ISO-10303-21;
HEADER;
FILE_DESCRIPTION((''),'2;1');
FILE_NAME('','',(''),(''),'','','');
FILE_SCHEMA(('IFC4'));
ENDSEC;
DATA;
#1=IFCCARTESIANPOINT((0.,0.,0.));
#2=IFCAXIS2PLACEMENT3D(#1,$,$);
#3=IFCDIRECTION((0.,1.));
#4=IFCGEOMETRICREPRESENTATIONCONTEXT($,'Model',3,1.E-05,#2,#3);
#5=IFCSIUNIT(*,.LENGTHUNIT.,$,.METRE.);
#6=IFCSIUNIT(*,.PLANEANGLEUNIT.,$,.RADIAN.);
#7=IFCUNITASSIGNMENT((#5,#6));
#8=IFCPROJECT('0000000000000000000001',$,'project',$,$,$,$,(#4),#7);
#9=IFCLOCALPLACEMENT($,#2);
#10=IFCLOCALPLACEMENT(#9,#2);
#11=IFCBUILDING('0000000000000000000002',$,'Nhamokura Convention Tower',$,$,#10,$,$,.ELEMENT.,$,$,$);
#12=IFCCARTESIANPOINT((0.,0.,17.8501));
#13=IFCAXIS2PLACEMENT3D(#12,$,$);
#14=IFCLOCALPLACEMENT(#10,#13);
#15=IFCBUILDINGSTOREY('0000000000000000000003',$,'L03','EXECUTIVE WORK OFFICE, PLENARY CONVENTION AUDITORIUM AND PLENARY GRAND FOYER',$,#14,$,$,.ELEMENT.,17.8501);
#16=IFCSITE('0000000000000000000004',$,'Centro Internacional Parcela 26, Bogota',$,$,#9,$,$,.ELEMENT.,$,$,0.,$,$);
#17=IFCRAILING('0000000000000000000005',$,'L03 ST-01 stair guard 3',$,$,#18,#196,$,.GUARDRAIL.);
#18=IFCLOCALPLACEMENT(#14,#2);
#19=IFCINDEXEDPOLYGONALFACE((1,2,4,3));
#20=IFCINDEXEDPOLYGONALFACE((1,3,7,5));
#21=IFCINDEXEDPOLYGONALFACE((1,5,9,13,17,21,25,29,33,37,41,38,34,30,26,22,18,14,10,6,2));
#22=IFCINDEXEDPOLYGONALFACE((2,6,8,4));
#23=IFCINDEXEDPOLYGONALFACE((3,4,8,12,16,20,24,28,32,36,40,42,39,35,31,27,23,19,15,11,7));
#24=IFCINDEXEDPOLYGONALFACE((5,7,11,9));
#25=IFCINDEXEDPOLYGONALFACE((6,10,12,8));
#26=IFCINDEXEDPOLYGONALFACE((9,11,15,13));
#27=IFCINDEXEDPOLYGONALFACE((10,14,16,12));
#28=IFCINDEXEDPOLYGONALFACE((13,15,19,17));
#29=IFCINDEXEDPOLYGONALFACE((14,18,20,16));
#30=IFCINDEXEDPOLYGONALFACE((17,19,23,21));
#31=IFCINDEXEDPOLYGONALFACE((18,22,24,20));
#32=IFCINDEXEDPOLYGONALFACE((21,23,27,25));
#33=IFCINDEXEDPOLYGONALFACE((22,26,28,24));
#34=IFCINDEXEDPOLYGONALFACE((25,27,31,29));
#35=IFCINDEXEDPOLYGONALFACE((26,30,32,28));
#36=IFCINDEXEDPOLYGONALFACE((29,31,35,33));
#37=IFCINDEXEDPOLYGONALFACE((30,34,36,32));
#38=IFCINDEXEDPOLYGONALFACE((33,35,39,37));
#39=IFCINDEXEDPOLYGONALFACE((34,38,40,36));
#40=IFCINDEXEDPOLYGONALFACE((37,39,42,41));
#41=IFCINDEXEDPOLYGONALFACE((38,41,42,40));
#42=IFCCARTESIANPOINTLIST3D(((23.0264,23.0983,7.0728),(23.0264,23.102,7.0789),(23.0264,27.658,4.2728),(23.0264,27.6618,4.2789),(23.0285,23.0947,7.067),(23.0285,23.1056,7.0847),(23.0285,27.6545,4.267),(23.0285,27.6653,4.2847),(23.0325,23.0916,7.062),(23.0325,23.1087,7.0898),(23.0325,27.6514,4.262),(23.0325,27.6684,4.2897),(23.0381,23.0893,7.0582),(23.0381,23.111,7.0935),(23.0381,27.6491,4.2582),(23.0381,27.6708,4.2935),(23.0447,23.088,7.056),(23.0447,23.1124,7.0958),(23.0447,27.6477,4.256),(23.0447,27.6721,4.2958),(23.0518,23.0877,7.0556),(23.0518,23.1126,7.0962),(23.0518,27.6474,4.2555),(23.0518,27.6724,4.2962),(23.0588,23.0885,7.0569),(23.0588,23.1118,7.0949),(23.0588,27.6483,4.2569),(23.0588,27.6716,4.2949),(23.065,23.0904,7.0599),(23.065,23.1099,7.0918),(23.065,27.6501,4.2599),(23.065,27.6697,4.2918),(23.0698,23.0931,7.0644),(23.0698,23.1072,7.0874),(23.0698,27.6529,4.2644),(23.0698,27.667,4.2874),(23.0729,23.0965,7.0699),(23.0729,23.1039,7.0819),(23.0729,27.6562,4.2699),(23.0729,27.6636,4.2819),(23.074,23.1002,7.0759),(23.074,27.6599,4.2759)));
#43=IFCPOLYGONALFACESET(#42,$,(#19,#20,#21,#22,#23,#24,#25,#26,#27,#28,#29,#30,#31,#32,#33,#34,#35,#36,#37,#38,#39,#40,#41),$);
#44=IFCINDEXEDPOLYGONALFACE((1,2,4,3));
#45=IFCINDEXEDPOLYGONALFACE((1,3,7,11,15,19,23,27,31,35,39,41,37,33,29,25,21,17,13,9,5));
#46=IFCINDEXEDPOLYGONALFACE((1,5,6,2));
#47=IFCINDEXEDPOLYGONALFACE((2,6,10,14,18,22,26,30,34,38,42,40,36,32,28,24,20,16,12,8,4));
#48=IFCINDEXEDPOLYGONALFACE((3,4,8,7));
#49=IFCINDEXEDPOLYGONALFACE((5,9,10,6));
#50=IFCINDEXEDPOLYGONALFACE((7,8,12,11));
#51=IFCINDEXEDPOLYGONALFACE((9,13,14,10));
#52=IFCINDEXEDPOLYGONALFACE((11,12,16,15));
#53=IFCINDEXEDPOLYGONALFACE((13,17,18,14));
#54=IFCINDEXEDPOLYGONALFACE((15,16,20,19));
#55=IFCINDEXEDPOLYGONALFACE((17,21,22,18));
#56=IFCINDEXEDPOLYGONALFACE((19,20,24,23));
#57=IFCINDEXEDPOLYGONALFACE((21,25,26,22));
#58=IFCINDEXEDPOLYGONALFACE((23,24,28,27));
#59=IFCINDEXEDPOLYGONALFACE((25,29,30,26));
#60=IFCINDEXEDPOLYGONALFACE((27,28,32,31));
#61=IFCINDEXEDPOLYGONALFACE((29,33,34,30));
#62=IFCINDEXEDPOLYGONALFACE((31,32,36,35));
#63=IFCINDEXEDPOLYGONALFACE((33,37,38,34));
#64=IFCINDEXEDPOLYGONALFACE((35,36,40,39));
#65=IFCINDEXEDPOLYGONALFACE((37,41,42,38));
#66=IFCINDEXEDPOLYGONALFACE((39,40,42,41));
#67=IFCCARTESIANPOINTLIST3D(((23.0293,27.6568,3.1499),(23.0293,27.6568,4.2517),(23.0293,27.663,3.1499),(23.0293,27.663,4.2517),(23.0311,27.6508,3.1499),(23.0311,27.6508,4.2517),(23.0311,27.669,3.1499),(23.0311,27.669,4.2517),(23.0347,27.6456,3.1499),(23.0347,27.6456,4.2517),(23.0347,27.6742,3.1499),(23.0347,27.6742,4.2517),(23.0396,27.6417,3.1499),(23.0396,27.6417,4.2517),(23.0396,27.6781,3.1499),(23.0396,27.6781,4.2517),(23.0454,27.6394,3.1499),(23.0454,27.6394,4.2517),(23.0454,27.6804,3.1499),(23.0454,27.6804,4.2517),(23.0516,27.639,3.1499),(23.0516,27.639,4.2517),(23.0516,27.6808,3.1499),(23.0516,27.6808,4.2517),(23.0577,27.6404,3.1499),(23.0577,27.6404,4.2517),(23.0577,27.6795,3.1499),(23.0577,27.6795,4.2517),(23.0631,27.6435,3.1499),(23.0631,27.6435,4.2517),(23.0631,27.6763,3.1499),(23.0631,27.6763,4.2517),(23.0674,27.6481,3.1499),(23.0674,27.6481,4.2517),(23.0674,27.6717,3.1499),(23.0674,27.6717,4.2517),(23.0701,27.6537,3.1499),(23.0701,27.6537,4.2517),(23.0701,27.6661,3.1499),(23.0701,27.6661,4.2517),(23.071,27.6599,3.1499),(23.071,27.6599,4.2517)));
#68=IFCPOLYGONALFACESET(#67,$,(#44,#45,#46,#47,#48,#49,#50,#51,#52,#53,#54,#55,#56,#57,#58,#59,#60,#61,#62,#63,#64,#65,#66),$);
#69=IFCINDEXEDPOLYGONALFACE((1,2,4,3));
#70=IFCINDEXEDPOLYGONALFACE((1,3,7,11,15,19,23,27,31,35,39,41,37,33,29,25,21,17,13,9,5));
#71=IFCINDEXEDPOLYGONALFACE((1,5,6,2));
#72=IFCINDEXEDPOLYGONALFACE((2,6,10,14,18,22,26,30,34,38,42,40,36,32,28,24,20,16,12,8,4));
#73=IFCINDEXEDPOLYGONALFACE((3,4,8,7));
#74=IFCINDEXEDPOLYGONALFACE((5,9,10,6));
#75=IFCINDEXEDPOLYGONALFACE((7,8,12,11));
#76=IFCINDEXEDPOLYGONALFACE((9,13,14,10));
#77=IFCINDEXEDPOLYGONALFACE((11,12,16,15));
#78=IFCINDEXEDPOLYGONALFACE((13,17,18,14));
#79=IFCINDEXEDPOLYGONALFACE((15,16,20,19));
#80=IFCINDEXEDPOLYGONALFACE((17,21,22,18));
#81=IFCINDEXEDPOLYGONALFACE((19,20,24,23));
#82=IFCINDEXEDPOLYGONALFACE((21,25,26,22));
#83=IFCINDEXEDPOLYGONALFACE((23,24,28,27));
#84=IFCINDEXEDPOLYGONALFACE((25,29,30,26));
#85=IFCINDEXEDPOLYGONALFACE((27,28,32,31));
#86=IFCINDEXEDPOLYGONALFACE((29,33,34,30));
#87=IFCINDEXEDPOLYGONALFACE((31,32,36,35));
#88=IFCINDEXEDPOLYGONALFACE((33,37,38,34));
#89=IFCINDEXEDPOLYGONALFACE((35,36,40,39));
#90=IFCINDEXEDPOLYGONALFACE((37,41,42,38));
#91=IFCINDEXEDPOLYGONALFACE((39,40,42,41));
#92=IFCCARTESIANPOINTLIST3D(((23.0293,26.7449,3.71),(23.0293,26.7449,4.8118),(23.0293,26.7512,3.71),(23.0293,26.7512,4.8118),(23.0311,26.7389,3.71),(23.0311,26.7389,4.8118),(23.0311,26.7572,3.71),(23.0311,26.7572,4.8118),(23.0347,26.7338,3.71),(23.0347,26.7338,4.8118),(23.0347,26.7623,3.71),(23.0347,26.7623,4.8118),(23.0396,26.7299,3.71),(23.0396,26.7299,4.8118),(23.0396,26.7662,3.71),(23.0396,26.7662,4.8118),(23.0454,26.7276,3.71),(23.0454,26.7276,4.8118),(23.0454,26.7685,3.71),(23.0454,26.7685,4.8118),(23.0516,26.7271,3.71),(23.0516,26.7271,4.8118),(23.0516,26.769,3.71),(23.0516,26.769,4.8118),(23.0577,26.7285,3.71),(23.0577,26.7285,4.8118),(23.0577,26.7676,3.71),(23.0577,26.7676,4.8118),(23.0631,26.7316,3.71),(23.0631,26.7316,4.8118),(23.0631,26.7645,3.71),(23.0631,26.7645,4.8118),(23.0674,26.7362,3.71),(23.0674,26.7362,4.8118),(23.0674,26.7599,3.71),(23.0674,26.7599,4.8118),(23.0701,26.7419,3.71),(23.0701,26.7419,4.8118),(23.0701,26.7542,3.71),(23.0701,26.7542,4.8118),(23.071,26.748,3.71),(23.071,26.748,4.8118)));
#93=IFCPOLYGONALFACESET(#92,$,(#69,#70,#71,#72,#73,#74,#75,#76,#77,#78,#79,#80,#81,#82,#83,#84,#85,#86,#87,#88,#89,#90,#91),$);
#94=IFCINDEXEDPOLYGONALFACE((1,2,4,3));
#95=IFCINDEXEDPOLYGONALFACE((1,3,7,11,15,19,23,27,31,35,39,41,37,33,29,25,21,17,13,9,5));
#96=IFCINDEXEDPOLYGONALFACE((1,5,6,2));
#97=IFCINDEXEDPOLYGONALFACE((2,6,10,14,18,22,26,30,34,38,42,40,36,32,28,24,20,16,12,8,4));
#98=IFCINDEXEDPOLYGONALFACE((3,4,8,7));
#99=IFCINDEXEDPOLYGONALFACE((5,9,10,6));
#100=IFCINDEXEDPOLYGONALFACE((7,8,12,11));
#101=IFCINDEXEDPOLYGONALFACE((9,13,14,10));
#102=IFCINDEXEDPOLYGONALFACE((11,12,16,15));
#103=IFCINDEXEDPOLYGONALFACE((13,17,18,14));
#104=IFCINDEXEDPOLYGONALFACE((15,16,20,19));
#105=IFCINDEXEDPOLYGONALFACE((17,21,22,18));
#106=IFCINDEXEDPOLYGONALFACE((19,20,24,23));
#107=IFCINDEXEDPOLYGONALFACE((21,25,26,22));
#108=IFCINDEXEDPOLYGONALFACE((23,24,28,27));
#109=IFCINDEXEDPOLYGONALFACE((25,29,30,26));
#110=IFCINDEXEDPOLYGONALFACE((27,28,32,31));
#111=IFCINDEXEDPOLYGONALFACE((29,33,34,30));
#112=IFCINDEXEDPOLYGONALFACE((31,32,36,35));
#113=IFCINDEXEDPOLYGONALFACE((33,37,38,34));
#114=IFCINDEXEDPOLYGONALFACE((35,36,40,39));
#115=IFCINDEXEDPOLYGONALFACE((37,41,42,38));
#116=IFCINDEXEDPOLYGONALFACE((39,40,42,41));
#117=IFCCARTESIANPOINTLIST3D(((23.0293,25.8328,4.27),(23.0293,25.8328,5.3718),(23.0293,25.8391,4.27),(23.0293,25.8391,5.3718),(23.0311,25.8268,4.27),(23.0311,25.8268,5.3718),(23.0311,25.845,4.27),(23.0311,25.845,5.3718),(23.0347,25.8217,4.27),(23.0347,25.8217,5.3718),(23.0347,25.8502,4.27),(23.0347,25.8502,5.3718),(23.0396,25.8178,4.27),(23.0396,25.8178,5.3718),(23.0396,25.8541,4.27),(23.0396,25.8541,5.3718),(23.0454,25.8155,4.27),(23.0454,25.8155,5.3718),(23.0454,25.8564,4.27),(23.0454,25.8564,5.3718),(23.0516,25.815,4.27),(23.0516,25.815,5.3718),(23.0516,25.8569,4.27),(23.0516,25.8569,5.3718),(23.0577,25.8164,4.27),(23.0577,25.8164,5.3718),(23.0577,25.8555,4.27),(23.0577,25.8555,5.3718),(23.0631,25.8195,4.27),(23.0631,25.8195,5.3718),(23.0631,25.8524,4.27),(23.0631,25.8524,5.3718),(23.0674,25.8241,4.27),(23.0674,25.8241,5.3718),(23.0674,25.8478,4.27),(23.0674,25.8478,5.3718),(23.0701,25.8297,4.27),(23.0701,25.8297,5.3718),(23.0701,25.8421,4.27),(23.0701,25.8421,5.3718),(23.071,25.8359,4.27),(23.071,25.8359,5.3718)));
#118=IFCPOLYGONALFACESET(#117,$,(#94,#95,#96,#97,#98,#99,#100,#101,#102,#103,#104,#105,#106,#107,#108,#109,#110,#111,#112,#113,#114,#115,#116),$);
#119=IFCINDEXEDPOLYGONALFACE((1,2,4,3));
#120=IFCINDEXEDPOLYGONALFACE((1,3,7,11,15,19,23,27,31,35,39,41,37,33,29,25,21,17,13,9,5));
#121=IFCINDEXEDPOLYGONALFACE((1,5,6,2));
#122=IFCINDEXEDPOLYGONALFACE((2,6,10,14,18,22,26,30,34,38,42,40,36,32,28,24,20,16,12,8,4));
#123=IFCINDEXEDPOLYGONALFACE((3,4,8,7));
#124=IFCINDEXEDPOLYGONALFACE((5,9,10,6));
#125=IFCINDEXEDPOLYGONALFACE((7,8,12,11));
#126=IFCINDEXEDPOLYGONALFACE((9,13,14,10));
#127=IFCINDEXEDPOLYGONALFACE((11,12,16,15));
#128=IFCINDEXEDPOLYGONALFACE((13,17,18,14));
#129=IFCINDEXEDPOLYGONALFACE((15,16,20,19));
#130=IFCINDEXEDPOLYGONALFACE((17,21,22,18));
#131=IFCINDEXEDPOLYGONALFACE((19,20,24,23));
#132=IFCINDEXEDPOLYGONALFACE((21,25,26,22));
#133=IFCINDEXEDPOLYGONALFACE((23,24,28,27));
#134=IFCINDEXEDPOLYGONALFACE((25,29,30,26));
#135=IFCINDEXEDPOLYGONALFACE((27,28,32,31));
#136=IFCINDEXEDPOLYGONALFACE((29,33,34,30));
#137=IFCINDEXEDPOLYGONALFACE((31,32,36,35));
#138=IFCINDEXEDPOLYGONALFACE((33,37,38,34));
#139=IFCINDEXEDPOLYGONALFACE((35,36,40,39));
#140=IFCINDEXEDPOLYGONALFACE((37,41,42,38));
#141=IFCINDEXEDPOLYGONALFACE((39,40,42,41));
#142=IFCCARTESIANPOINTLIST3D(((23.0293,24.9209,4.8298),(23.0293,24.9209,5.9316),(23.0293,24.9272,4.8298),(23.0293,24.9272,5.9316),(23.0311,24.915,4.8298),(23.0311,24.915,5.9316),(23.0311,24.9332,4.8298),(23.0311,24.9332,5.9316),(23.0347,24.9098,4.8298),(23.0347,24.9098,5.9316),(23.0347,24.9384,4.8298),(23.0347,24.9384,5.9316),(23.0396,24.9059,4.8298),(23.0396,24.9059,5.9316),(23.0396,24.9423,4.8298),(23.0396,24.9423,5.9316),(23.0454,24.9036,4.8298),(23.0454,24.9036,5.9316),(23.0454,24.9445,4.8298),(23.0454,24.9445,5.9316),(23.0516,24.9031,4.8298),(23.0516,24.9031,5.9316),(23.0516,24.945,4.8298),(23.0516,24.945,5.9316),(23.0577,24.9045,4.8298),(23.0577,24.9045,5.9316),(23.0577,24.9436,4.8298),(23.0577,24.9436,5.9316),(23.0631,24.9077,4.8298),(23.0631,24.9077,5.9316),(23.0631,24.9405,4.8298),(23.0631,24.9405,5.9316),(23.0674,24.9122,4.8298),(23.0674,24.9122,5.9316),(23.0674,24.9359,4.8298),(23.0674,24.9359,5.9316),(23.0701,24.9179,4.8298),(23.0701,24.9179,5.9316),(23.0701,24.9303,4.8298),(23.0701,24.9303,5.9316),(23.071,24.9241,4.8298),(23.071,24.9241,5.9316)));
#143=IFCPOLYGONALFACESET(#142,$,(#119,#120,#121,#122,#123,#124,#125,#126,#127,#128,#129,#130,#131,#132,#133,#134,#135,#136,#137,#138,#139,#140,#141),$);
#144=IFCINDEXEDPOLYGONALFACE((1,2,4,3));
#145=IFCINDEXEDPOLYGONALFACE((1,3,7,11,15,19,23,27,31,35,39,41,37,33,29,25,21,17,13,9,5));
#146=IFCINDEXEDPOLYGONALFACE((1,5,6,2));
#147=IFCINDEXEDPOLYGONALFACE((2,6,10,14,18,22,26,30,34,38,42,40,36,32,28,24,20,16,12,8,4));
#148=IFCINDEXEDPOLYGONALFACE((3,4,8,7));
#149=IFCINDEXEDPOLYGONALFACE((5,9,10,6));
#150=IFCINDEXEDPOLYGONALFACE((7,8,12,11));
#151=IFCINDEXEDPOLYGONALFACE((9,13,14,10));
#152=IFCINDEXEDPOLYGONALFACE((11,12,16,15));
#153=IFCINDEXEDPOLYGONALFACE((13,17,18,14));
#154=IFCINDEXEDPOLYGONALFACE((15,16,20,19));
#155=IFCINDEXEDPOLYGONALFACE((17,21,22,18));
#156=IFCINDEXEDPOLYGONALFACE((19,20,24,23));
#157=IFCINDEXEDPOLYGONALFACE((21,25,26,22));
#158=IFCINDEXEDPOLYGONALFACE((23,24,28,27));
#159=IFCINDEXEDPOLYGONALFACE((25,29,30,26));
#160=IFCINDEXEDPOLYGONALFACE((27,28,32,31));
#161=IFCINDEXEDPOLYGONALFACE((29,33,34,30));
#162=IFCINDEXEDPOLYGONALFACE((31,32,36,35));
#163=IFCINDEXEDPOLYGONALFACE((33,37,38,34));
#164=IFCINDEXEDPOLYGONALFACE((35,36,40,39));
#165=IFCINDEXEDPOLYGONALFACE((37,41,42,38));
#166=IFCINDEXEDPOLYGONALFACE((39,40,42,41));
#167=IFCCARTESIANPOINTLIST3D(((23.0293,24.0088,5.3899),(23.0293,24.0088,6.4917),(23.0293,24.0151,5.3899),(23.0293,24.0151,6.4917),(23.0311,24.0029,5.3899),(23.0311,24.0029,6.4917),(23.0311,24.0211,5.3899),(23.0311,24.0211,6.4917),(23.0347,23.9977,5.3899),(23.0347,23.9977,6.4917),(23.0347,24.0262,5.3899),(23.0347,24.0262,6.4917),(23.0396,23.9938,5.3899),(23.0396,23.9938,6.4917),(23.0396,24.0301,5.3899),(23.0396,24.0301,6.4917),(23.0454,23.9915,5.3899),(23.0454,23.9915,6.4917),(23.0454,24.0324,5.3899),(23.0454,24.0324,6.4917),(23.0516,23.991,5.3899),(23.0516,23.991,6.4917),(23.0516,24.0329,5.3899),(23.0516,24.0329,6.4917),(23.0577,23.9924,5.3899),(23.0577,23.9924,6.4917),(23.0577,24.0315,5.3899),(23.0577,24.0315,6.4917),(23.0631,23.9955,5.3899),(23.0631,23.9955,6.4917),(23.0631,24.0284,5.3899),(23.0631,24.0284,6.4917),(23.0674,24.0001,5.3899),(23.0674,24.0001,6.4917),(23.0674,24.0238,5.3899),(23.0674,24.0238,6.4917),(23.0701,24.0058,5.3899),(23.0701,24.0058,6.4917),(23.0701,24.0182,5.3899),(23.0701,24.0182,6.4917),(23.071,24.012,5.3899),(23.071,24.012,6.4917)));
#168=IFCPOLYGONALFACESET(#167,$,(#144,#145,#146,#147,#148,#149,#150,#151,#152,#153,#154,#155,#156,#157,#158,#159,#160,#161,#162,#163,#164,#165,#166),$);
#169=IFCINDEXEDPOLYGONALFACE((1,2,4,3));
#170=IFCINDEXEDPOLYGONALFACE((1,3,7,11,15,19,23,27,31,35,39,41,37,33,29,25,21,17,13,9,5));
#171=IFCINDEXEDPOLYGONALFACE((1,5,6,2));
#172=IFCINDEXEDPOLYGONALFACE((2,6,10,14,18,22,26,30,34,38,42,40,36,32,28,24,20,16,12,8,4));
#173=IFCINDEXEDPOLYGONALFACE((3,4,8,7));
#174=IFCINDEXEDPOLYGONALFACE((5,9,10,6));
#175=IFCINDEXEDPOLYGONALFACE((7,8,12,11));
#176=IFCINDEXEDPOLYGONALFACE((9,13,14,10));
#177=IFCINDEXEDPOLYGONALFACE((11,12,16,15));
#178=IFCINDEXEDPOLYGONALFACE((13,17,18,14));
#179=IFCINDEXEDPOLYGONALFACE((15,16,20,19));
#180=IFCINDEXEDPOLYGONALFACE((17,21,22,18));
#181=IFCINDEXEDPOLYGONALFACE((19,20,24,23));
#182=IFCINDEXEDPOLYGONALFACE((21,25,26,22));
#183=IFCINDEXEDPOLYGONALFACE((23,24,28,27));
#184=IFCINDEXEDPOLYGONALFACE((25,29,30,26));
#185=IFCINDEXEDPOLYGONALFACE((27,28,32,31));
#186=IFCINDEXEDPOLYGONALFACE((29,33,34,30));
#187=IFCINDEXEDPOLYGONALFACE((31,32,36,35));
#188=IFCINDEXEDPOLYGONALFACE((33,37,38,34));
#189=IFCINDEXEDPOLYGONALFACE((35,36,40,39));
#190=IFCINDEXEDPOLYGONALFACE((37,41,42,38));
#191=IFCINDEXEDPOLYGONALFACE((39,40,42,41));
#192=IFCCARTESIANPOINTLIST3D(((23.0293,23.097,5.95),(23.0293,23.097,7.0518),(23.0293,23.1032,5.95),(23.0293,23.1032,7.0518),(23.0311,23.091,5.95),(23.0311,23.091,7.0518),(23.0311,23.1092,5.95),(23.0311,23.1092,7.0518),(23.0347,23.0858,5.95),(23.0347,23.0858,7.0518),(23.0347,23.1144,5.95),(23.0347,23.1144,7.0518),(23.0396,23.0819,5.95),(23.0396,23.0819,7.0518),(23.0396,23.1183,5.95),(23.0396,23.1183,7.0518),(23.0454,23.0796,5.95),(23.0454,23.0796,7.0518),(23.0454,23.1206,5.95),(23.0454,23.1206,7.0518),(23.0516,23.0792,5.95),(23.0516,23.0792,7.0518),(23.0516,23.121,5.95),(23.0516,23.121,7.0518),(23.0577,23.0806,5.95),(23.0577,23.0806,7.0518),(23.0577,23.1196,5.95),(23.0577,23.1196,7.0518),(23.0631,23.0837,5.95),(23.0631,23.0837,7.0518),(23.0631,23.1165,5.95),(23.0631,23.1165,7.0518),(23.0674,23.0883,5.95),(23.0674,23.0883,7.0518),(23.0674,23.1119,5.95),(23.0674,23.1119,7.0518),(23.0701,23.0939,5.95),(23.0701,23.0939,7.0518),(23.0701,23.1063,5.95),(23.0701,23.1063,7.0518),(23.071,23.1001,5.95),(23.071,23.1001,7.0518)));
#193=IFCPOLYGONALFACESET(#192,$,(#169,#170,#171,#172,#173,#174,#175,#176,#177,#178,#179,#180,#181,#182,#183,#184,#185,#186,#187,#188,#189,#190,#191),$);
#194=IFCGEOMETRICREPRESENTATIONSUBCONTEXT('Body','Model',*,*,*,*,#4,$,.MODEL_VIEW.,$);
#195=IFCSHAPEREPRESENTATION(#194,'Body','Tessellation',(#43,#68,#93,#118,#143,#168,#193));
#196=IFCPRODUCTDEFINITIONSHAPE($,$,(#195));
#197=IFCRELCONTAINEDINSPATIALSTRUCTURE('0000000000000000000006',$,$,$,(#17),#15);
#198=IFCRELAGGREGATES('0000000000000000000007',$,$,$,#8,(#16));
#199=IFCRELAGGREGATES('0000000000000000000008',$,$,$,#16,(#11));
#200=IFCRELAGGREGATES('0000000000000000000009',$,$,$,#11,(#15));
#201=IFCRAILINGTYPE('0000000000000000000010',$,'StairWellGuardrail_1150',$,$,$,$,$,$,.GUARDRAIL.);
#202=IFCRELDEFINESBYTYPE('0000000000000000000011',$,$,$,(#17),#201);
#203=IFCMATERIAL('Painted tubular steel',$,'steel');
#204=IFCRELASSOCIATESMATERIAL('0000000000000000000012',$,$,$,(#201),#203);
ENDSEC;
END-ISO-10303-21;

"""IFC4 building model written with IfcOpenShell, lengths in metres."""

from ifc_helpers import new_model, si_unit, direction, frame, origin, origin_2d, place, context, subcontext, project, spatial, circle, extrude, material, type_object, element, save


model = new_model("IFC4")

# Units and contexts
model_context = context("Model", 3, precision=1e-05, world=origin(), true_north=direction((0.0, 1.0)))
body_context = subcontext(model_context, "Body", "Model", "MODEL_VIEW")
ifc_project = project(units=[si_unit("LENGTHUNIT", "METRE"), si_unit("PLANEANGLEUNIT", "RADIAN")], contexts=[model_context])

# Site, building, storey
site_placement = place(None, origin())
site = spatial("IfcSite", under=ifc_project, at=site_placement, Name="Centro Internacional Parcela 26, Bogota", CompositionType="ELEMENT", RefElevation=0.0)
building_placement = place(site_placement, origin())
building = spatial("IfcBuilding", under=site, at=building_placement, Name="Nhamokura Convention Tower", CompositionType="ELEMENT")
storey_placement = place(building_placement, frame((0.0, 0.0, 17.8501)))
storey = spatial("IfcBuildingStorey", under=building, at=storey_placement, Name="L03", Description="EXECUTIVE WORK OFFICE, PLENARY CONVENTION AUDITORIUM AND PLENARY GRAND FOYER", CompositionType="ELEMENT", Elevation=17.8501)

# Railing
ifc_material_1 = material(Name="Painted tubular steel", Category="steel")
railing_type_1 = type_object("IfcRailingType", Name="StairWellGuardrail_1150", PredefinedType="GUARDRAIL", material=ifc_material_1)
railing_1_placement = place(storey_placement, frame((23.05, 27.6599, 3.1499)))
element("IfcRailing", 1, at=railing_1_placement, inside=storey, type_object=railing_type_1, Name="L03 ST-01 stair guard 3", PredefinedType="GUARDRAIL", context=body_context, shape_type="SweptSolid", body=[
    extrude(circle(Radius=0.0239, at=origin_2d()), frame((0.0, 0.0, 1.126), z_axis=(0.0, -0.852158, 0.523285), x_axis=(1.0, 0.0, 0.0)), (0.0, 0.0, 1.0), 5.3508),
    extrude(circle(Radius=0.021, at=origin_2d()), origin(), (0.0, 0.0, 1.0), 1.1018),
    extrude(circle(Radius=0.021, at=origin_2d()), frame((0.0, -0.9119, 0.5601)), (0.0, 0.0, 1.0), 1.1018),
    extrude(circle(Radius=0.021, at=origin_2d()), frame((0.0, -1.824, 1.1201)), (0.0, 0.0, 1.0), 1.1018),
    extrude(circle(Radius=0.021, at=origin_2d()), frame((0.0, -2.7358, 1.6799)), (0.0, 0.0, 1.0), 1.1018),
    extrude(circle(Radius=0.021, at=origin_2d()), frame((0.0, -3.6479, 2.24)), (0.0, 0.0, 1.0), 1.1018),
    extrude(circle(Radius=0.021, at=origin_2d()), frame((0.0, -4.5598, 2.8)), (0.0, 0.0, 1.0), 1.1018),
])

save(model, "model.ifc")
